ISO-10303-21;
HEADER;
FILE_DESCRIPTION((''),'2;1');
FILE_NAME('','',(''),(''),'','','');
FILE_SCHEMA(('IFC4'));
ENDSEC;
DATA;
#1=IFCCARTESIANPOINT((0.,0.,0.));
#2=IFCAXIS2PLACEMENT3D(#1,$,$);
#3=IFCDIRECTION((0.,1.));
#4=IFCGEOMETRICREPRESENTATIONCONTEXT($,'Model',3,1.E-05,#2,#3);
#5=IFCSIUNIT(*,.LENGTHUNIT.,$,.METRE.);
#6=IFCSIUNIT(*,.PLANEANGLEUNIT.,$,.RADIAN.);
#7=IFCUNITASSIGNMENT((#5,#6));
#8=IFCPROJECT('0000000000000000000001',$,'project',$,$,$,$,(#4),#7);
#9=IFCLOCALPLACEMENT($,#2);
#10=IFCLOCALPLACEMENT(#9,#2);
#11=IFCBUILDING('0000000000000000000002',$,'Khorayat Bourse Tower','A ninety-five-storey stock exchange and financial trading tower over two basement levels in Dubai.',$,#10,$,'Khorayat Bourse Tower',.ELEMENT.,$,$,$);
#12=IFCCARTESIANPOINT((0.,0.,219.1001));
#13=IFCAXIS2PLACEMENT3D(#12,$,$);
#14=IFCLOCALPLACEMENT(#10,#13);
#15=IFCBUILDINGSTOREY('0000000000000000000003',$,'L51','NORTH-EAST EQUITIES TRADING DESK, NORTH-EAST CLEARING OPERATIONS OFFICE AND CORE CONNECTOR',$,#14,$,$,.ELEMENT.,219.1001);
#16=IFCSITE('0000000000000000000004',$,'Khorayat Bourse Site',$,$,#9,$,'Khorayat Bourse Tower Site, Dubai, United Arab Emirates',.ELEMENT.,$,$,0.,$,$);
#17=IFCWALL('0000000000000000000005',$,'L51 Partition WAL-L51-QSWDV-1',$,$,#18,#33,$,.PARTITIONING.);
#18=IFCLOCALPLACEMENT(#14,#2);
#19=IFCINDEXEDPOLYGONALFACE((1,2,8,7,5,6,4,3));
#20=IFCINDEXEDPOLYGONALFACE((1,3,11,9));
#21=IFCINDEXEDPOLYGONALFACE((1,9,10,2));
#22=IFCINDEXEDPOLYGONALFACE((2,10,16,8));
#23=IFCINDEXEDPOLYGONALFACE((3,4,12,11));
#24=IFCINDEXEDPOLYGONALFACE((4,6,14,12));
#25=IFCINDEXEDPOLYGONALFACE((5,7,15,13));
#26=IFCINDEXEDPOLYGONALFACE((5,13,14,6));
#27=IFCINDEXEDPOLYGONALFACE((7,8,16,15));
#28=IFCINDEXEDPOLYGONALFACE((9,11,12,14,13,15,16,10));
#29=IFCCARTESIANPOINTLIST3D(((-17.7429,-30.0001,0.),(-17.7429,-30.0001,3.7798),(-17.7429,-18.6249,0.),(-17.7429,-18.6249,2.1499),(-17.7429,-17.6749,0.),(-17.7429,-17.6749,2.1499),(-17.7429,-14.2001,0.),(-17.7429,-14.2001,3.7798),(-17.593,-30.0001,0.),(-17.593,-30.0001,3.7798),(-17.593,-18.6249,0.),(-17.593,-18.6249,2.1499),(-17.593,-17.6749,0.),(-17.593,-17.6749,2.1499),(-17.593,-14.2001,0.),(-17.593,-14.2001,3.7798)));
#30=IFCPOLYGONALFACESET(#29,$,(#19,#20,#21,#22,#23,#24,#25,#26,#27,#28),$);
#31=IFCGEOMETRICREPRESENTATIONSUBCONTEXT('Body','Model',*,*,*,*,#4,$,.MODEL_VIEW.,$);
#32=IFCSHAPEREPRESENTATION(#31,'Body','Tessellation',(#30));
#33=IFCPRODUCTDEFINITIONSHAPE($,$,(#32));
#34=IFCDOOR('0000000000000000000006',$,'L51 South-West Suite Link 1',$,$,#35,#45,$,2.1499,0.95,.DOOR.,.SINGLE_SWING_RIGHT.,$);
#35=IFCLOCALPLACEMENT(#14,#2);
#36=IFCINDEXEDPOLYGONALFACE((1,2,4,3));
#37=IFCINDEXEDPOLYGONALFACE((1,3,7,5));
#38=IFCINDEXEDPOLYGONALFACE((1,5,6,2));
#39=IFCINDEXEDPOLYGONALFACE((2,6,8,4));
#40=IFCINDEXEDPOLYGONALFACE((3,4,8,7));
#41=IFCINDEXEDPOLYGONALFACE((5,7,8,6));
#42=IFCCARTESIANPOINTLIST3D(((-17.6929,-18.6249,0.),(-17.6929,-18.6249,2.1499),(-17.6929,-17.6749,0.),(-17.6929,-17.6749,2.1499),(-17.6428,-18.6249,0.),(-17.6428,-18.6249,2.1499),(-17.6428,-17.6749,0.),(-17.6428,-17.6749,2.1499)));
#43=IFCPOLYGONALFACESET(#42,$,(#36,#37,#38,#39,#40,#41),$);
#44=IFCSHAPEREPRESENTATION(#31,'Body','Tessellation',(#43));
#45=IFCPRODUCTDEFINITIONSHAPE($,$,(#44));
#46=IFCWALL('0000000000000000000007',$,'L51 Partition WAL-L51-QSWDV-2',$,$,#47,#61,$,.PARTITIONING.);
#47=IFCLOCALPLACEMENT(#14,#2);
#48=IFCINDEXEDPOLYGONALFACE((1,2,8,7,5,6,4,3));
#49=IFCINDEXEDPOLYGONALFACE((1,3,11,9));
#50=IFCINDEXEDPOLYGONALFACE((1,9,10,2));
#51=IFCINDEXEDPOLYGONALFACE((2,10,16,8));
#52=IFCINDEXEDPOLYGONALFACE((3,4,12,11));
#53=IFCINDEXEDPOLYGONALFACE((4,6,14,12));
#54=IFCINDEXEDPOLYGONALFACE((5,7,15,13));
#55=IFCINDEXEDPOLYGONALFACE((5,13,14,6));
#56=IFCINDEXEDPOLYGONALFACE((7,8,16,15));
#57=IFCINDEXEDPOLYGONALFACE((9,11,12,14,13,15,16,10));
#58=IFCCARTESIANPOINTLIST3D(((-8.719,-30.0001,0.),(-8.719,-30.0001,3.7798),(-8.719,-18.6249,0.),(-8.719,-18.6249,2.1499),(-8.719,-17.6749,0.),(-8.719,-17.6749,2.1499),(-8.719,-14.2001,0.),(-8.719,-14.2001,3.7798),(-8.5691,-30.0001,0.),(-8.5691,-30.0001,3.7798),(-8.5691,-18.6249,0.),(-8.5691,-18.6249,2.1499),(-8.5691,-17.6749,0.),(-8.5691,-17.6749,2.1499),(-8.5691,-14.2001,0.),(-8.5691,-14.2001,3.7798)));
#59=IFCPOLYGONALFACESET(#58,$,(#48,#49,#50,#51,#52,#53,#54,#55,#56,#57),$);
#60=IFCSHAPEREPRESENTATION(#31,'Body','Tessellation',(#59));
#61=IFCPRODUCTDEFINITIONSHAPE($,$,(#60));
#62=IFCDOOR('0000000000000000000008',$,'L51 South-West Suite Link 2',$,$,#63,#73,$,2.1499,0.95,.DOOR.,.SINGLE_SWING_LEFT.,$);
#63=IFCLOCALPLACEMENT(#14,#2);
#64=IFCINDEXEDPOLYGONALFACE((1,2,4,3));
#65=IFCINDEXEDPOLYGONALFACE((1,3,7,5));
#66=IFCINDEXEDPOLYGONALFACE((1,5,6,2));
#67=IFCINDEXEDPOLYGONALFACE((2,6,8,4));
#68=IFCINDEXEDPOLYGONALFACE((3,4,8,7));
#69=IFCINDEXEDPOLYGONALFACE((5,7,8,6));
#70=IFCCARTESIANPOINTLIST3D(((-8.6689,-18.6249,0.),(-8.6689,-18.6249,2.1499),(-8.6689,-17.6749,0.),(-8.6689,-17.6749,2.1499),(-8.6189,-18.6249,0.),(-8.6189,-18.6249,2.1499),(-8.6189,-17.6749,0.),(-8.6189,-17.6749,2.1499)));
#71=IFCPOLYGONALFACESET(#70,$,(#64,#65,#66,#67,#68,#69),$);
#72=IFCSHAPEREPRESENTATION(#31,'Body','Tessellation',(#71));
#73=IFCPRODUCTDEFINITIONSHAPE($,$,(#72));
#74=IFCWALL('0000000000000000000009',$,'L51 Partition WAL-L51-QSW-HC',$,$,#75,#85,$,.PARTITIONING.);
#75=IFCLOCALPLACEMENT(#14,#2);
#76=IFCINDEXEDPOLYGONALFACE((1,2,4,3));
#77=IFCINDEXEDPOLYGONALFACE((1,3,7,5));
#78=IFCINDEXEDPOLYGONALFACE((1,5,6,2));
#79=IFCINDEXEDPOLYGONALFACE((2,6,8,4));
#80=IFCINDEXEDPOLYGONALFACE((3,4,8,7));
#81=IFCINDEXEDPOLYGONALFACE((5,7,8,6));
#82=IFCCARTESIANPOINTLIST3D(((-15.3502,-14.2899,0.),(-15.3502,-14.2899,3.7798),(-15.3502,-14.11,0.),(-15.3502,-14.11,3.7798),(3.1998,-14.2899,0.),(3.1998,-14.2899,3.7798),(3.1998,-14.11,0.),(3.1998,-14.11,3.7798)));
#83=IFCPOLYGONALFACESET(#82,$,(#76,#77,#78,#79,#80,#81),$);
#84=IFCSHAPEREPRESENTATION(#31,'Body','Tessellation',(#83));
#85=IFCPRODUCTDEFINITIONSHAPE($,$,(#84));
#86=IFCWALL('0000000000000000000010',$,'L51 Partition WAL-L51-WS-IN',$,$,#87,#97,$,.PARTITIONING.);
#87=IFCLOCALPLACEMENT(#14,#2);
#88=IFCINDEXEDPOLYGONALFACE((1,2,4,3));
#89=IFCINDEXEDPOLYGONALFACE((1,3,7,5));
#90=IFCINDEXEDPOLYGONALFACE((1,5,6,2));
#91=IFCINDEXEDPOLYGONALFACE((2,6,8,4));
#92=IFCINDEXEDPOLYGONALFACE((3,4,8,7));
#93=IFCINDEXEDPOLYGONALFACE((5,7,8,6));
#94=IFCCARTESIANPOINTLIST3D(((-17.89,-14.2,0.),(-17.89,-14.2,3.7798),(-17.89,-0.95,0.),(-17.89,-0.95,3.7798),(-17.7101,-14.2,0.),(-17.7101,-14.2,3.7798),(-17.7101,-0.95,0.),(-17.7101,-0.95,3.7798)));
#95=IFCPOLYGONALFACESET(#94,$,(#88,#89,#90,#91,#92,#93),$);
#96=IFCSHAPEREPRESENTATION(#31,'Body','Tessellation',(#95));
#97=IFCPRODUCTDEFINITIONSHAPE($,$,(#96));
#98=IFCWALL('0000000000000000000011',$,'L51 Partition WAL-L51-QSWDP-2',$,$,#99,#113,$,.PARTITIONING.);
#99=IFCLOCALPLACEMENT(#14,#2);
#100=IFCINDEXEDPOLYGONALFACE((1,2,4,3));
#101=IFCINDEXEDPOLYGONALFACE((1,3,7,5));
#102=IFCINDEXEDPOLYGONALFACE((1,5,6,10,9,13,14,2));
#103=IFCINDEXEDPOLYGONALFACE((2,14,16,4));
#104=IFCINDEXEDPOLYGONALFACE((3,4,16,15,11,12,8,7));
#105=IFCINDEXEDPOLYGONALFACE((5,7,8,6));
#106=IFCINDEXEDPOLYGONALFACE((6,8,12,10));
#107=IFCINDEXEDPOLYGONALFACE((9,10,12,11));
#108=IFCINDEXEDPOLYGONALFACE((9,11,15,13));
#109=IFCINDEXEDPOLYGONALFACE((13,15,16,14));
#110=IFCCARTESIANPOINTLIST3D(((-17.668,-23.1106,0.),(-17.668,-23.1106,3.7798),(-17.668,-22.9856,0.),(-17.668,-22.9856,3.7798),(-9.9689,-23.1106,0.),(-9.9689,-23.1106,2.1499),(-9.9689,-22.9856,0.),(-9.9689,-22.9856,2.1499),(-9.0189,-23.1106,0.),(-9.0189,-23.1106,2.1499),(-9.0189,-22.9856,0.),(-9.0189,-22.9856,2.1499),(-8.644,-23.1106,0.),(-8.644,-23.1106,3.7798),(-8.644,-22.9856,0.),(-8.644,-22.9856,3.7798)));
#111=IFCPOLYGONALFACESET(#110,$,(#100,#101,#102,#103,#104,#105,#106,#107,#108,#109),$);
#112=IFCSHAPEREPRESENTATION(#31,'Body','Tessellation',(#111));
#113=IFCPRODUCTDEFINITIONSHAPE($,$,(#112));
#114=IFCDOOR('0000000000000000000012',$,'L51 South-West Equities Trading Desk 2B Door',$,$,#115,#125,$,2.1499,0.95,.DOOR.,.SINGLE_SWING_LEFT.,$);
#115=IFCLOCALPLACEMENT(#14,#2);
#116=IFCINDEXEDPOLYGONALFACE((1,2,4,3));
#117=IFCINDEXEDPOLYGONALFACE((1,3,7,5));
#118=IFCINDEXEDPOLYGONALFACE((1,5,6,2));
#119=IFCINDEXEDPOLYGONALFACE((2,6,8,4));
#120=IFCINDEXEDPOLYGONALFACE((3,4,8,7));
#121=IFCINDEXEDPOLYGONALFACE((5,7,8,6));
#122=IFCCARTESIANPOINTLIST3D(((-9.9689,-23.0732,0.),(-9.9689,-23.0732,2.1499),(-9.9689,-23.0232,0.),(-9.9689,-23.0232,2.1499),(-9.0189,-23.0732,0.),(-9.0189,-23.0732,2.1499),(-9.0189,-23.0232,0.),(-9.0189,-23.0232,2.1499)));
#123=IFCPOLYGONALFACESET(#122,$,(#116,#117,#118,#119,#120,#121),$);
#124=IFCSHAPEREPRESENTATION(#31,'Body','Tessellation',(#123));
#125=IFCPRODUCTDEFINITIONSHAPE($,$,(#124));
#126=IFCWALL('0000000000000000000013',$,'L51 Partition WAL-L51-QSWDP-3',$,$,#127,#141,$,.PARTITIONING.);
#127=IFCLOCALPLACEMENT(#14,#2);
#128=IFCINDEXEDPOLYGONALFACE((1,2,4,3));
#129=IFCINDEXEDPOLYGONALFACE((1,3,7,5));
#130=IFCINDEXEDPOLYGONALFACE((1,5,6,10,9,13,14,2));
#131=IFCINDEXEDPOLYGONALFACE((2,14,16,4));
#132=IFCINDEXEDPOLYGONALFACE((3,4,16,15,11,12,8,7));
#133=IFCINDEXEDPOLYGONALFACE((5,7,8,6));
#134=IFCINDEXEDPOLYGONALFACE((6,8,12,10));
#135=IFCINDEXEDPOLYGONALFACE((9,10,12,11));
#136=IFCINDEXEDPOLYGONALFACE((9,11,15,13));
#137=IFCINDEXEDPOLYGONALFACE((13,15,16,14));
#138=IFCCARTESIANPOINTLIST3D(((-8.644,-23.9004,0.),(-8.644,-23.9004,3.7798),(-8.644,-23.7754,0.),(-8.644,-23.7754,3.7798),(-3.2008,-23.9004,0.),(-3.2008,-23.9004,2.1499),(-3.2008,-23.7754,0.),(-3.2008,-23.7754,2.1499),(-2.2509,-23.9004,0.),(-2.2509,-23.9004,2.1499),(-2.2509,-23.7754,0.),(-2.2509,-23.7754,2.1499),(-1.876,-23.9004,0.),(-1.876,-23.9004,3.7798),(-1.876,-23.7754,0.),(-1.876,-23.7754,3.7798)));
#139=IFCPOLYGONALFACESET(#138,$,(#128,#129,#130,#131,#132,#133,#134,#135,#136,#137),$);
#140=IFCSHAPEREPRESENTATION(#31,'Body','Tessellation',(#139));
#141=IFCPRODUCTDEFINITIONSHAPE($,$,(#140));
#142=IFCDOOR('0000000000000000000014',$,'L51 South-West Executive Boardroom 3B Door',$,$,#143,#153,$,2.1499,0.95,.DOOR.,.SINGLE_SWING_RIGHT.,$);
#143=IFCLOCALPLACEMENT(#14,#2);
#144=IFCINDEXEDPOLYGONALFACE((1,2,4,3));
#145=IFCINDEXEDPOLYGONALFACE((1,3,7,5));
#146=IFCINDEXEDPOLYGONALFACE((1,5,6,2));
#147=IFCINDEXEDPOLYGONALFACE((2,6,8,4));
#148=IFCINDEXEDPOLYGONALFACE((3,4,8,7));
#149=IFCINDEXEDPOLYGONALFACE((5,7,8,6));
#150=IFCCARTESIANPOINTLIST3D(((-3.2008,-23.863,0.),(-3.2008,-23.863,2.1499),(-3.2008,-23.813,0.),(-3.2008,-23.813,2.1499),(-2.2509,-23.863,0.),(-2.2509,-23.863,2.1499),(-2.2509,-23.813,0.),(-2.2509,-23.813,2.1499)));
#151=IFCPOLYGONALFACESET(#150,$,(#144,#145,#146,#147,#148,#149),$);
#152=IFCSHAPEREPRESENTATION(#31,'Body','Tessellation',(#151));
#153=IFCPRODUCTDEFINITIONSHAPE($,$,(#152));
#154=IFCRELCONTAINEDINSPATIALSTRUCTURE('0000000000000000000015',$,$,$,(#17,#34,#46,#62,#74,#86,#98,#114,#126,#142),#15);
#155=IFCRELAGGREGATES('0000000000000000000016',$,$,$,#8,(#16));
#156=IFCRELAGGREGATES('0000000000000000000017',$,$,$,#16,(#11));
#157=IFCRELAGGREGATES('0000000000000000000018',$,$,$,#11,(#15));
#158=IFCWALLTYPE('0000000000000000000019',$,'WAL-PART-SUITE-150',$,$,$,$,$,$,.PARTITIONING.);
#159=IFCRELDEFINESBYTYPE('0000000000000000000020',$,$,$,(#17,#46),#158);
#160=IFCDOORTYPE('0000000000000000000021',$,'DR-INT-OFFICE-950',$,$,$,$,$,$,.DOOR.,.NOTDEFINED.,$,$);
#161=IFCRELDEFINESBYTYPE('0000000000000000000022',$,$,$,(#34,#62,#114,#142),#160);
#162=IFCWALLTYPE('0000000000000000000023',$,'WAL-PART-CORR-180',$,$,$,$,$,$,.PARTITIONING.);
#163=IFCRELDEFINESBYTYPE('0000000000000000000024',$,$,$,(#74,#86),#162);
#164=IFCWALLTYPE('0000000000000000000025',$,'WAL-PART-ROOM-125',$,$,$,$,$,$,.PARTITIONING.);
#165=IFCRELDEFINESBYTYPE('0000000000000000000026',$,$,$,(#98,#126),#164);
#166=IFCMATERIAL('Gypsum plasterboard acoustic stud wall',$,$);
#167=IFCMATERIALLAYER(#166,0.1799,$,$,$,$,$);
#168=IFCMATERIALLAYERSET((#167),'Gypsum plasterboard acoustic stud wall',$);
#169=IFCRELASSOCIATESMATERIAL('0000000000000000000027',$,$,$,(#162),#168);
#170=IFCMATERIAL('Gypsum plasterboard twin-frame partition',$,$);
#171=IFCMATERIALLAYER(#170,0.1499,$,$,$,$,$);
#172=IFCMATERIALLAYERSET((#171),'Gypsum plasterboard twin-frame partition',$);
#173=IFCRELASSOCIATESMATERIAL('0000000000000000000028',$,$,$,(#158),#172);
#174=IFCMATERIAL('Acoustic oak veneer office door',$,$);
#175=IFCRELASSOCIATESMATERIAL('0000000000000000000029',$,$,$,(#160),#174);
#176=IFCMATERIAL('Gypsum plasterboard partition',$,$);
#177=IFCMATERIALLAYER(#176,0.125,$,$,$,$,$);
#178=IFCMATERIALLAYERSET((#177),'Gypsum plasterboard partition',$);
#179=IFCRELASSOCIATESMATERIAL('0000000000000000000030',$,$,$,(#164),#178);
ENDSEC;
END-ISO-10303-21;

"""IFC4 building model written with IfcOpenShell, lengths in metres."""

from ifc_helpers import new_model, si_unit, direction, frame, frame_2d, origin, place, context, subcontext, project, spatial, rectangle, extrude, source, transform, mapped, material, layer, layer_set, type_object, element, fill, save


model = new_model("IFC4")

# Units and contexts
model_context = context("Model", 3, precision=1e-05, world=origin(), true_north=direction((0.0, 1.0)))
body_context = subcontext(model_context, "Body", "Model", "MODEL_VIEW")
ifc_project = project(units=[si_unit("LENGTHUNIT", "METRE"), si_unit("PLANEANGLEUNIT", "RADIAN")], contexts=[model_context])

# Site, building, storey
site_placement = place(None, origin())
site = spatial("IfcSite", under=ifc_project, at=site_placement, Name="Khorayat Bourse Site", LongName="Khorayat Bourse Tower Site, Dubai, United Arab Emirates", CompositionType="ELEMENT", RefElevation=0.0)
building_placement = place(site_placement, origin())
building = spatial("IfcBuilding", under=site, at=building_placement, Name="Khorayat Bourse Tower", Description="A ninety-five-storey stock exchange and financial trading tower over two basement levels in Dubai.", LongName="Khorayat Bourse Tower", CompositionType="ELEMENT")
storey_placement = place(building_placement, frame((0.0, 0.0, 219.1001)))
storey = spatial("IfcBuildingStorey", under=building, at=storey_placement, Name="L51", Description="NORTH-EAST EQUITIES TRADING DESK, NORTH-EAST CLEARING OPERATIONS OFFICE AND CORE CONNECTOR", CompositionType="ELEMENT", Elevation=219.1001)

# Shared definitions
ifc_material_1 = material(Name="Gypsum plasterboard acoustic stud wall")
ifc_layer_1 = layer(ifc_material_1, 0.1799)
ifc_layer_set_1 = layer_set([ifc_layer_1], Name="Gypsum plasterboard acoustic stud wall")
wall_type_1 = type_object("IfcWallType", Name="WAL-PART-CORR-180", PredefinedType="PARTITIONING", material=ifc_layer_set_1)

# Walls, openings, doors
ifc_material_2 = material(Name="Gypsum plasterboard twin-frame partition")
ifc_layer_2 = layer(ifc_material_2, 0.1499)
ifc_layer_set_2 = layer_set([ifc_layer_2], Name="Gypsum plasterboard twin-frame partition")
wall_type_2 = type_object("IfcWallType", Name="WAL-PART-SUITE-150", PredefinedType="PARTITIONING", material=ifc_layer_set_2)
shared_shape_1 = source(origin(), body_context, "Body", "SweptSolid", [
    extrude(rectangle(XDim=15.8, YDim=0.1499, at=frame_2d((7.8999, 0.0))), origin(), (0.0, 0.0, 1.0), 3.7798),
])
wall_1_placement = place(storey_placement, frame((-17.668, -30.0, 0.0), z_axis=(0.0, 0.0, 1.0), x_axis=(0.0, 1.0, 0.0)))
wall_1 = element("IfcWall", 1, at=wall_1_placement, inside=storey, type_object=wall_type_2, Name="L51 Partition WAL-L51-QSWDV-1", PredefinedType="PARTITIONING", context=body_context, shape_type="MappedRepresentation", body=[
    mapped(shared_shape_1, transform((0.0, 0.0, 0.0), scale=1.0)),
])
shared_shape_2 = source(origin(), body_context, "Body", "SweptSolid", [
    extrude(rectangle(XDim=0.95, YDim=2.1499, at=frame_2d((0.4751, 1.075))), frame((0.0, 0.085, 0.0), z_axis=(0.0, -1.0, 0.0), x_axis=(1.0, 0.0, 0.0)), (0.0, 0.0, 1.0), 0.1699),
])
opening_1_placement = place(wall_1_placement, frame((11.375, 0.0, 0.0)))
opening_1 = element("IfcOpeningElement", 2, at=opening_1_placement, cuts=wall_1, PredefinedType="OPENING", context=body_context, shape_type="MappedRepresentation", body=[
    mapped(shared_shape_2, transform((0.0, 0.0, 0.0), scale=1.0)),
])
ifc_material_3 = material(Name="Acoustic oak veneer office door")
door_type = type_object("IfcDoorType", Name="DR-INT-OFFICE-950", OperationType="NOTDEFINED", PredefinedType="DOOR", material=ifc_material_3)
shared_shape_3 = source(origin(), body_context, "Body", "SweptSolid", [
    extrude(rectangle(XDim=0.95, YDim=2.1499, at=frame_2d((0.4751, 1.075))), frame((0.0, 0.0249, 0.0), z_axis=(0.0, -1.0, 0.0), x_axis=(1.0, 0.0, 0.0)), (0.0, 0.0, 1.0), 0.05),
])
door_1_placement = place(opening_1_placement, origin())
door_1 = element("IfcDoor", 3, at=door_1_placement, inside=storey, type_object=door_type, Name="L51 South-West Suite Link 1", OperationType="SINGLE_SWING_RIGHT", OverallHeight=2.1499, OverallWidth=0.95, PredefinedType="DOOR", context=body_context, shape_type="MappedRepresentation", body=[
    mapped(shared_shape_3, transform((0.0, 0.0, 0.0), scale=1.0)),
])
fill(opening_1, door_1)
wall_2_placement = place(storey_placement, frame((-8.644, -30.0, 0.0), z_axis=(0.0, 0.0, 1.0), x_axis=(0.0, 1.0, 0.0)))
wall_2 = element("IfcWall", 4, at=wall_2_placement, inside=storey, type_object=wall_type_2, Name="L51 Partition WAL-L51-QSWDV-2", PredefinedType="PARTITIONING", context=body_context, shape_type="MappedRepresentation", body=[
    mapped(shared_shape_1, transform((0.0, 0.0, 0.0), scale=1.0)),
])
opening_2_placement = place(wall_2_placement, frame((11.375, 0.0, 0.0)))
opening_2 = element("IfcOpeningElement", 5, at=opening_2_placement, cuts=wall_2, PredefinedType="OPENING", context=body_context, shape_type="MappedRepresentation", body=[
    mapped(shared_shape_2, transform((0.0, 0.0, 0.0), scale=1.0)),
])
door_2_placement = place(opening_2_placement, origin())
door_2 = element("IfcDoor", 6, at=door_2_placement, inside=storey, type_object=door_type, Name="L51 South-West Suite Link 2", OperationType="SINGLE_SWING_LEFT", OverallHeight=2.1499, OverallWidth=0.95, PredefinedType="DOOR", context=body_context, shape_type="MappedRepresentation", body=[
    mapped(shared_shape_3, transform((0.0, 0.0, 0.0), scale=1.0)),
])
fill(opening_2, door_2)

# Walls
shared_shape_4 = source(origin(), body_context, "Body", "SweptSolid", [
    extrude(rectangle(XDim=18.55, YDim=0.1799, at=frame_2d((9.2749, 0.0))), origin(), (0.0, 0.0, 1.0), 3.7798),
])
wall_3_placement = place(storey_placement, frame((-15.3501, -14.2, 0.0), z_axis=(0.0, 0.0, 1.0), x_axis=(1.0, 0.0, 0.0)))
element("IfcWall", 7, at=wall_3_placement, inside=storey, type_object=wall_type_1, Name="L51 Partition WAL-L51-QSW-HC", PredefinedType="PARTITIONING", context=body_context, shape_type="MappedRepresentation", body=[
    mapped(shared_shape_4, transform((0.0, 0.0, 0.0), scale=1.0)),
])
shared_shape_5 = source(origin(), body_context, "Body", "SweptSolid", [
    extrude(rectangle(XDim=13.25, YDim=0.1799, at=frame_2d((6.625, 0.0))), origin(), (0.0, 0.0, 1.0), 3.7798),
])
wall_4_placement = place(storey_placement, frame((-17.8, -14.2, 0.0), z_axis=(0.0, 0.0, 1.0), x_axis=(0.0, 1.0, 0.0)))
element("IfcWall", 8, at=wall_4_placement, inside=storey, type_object=wall_type_1, Name="L51 Partition WAL-L51-WS-IN", PredefinedType="PARTITIONING", context=body_context, shape_type="MappedRepresentation", body=[
    mapped(shared_shape_5, transform((0.0, 0.0, 0.0), scale=1.0)),
])

# Walls, openings, doors
ifc_material_4 = material(Name="Gypsum plasterboard partition")
ifc_layer_3 = layer(ifc_material_4, 0.125)
ifc_layer_set_3 = layer_set([ifc_layer_3], Name="Gypsum plasterboard partition")
wall_type_3 = type_object("IfcWallType", Name="WAL-PART-ROOM-125", PredefinedType="PARTITIONING", material=ifc_layer_set_3)
shared_shape_6 = source(origin(), body_context, "Body", "SweptSolid", [
    extrude(rectangle(XDim=9.0239, YDim=0.125, at=frame_2d((4.512, 0.0))), origin(), (0.0, 0.0, 1.0), 3.7798),
])
wall_5_placement = place(storey_placement, frame((-17.668, -23.0481, 0.0), z_axis=(0.0, 0.0, 1.0), x_axis=(1.0, 0.0, 0.0)))
wall_5 = element("IfcWall", 9, at=wall_5_placement, inside=storey, type_object=wall_type_3, Name="L51 Partition WAL-L51-QSWDP-2", PredefinedType="PARTITIONING", context=body_context, shape_type="MappedRepresentation", body=[
    mapped(shared_shape_6, transform((0.0, 0.0, 0.0), scale=1.0)),
])
shared_shape_7 = source(origin(), body_context, "Body", "SweptSolid", [
    extrude(rectangle(XDim=0.95, YDim=2.1499, at=frame_2d((0.4751, 1.075))), frame((0.0, 0.0725, 0.0), z_axis=(0.0, -1.0, 0.0), x_axis=(1.0, 0.0, 0.0)), (0.0, 0.0, 1.0), 0.145),
])
opening_3_placement = place(wall_5_placement, frame((7.699, 0.0, 0.0)))
opening_3 = element("IfcOpeningElement", 10, at=opening_3_placement, cuts=wall_5, PredefinedType="OPENING", context=body_context, shape_type="MappedRepresentation", body=[
    mapped(shared_shape_7, transform((0.0, 0.0, 0.0), scale=1.0)),
])
door_3_placement = place(opening_3_placement, origin())
door_3 = element("IfcDoor", 11, at=door_3_placement, inside=storey, type_object=door_type, Name="L51 South-West Equities Trading Desk 2B Door", OperationType="SINGLE_SWING_LEFT", OverallHeight=2.1499, OverallWidth=0.95, PredefinedType="DOOR", context=body_context, shape_type="MappedRepresentation", body=[
    mapped(shared_shape_3, transform((0.0, 0.0, 0.0), scale=1.0)),
])
fill(opening_3, door_3)
shared_shape_8 = source(origin(), body_context, "Body", "SweptSolid", [
    extrude(rectangle(XDim=6.7681, YDim=0.125, at=frame_2d((3.384, 0.0))), origin(), (0.0, 0.0, 1.0), 3.7798),
])
wall_6_placement = place(storey_placement, frame((-8.644, -23.8379, 0.0), z_axis=(0.0, 0.0, 1.0), x_axis=(1.0, 0.0, 0.0)))
wall_6 = element("IfcWall", 12, at=wall_6_placement, inside=storey, type_object=wall_type_3, Name="L51 Partition WAL-L51-QSWDP-3", PredefinedType="PARTITIONING", context=body_context, shape_type="MappedRepresentation", body=[
    mapped(shared_shape_8, transform((0.0, 0.0, 0.0), scale=1.0)),
])
opening_4_placement = place(wall_6_placement, frame((5.4431, 0.0, 0.0)))
opening_4 = element("IfcOpeningElement", 13, at=opening_4_placement, cuts=wall_6, PredefinedType="OPENING", context=body_context, shape_type="MappedRepresentation", body=[
    mapped(shared_shape_7, transform((0.0, 0.0, 0.0), scale=1.0)),
])
door_4_placement = place(opening_4_placement, origin())
door_4 = element("IfcDoor", 14, at=door_4_placement, inside=storey, type_object=door_type, Name="L51 South-West Executive Boardroom 3B Door", OperationType="SINGLE_SWING_RIGHT", OverallHeight=2.1499, OverallWidth=0.95, PredefinedType="DOOR", context=body_context, shape_type="MappedRepresentation", body=[
    mapped(shared_shape_3, transform((0.0, 0.0, 0.0), scale=1.0)),
])
fill(opening_4, door_4)

save(model, "model.ifc")
